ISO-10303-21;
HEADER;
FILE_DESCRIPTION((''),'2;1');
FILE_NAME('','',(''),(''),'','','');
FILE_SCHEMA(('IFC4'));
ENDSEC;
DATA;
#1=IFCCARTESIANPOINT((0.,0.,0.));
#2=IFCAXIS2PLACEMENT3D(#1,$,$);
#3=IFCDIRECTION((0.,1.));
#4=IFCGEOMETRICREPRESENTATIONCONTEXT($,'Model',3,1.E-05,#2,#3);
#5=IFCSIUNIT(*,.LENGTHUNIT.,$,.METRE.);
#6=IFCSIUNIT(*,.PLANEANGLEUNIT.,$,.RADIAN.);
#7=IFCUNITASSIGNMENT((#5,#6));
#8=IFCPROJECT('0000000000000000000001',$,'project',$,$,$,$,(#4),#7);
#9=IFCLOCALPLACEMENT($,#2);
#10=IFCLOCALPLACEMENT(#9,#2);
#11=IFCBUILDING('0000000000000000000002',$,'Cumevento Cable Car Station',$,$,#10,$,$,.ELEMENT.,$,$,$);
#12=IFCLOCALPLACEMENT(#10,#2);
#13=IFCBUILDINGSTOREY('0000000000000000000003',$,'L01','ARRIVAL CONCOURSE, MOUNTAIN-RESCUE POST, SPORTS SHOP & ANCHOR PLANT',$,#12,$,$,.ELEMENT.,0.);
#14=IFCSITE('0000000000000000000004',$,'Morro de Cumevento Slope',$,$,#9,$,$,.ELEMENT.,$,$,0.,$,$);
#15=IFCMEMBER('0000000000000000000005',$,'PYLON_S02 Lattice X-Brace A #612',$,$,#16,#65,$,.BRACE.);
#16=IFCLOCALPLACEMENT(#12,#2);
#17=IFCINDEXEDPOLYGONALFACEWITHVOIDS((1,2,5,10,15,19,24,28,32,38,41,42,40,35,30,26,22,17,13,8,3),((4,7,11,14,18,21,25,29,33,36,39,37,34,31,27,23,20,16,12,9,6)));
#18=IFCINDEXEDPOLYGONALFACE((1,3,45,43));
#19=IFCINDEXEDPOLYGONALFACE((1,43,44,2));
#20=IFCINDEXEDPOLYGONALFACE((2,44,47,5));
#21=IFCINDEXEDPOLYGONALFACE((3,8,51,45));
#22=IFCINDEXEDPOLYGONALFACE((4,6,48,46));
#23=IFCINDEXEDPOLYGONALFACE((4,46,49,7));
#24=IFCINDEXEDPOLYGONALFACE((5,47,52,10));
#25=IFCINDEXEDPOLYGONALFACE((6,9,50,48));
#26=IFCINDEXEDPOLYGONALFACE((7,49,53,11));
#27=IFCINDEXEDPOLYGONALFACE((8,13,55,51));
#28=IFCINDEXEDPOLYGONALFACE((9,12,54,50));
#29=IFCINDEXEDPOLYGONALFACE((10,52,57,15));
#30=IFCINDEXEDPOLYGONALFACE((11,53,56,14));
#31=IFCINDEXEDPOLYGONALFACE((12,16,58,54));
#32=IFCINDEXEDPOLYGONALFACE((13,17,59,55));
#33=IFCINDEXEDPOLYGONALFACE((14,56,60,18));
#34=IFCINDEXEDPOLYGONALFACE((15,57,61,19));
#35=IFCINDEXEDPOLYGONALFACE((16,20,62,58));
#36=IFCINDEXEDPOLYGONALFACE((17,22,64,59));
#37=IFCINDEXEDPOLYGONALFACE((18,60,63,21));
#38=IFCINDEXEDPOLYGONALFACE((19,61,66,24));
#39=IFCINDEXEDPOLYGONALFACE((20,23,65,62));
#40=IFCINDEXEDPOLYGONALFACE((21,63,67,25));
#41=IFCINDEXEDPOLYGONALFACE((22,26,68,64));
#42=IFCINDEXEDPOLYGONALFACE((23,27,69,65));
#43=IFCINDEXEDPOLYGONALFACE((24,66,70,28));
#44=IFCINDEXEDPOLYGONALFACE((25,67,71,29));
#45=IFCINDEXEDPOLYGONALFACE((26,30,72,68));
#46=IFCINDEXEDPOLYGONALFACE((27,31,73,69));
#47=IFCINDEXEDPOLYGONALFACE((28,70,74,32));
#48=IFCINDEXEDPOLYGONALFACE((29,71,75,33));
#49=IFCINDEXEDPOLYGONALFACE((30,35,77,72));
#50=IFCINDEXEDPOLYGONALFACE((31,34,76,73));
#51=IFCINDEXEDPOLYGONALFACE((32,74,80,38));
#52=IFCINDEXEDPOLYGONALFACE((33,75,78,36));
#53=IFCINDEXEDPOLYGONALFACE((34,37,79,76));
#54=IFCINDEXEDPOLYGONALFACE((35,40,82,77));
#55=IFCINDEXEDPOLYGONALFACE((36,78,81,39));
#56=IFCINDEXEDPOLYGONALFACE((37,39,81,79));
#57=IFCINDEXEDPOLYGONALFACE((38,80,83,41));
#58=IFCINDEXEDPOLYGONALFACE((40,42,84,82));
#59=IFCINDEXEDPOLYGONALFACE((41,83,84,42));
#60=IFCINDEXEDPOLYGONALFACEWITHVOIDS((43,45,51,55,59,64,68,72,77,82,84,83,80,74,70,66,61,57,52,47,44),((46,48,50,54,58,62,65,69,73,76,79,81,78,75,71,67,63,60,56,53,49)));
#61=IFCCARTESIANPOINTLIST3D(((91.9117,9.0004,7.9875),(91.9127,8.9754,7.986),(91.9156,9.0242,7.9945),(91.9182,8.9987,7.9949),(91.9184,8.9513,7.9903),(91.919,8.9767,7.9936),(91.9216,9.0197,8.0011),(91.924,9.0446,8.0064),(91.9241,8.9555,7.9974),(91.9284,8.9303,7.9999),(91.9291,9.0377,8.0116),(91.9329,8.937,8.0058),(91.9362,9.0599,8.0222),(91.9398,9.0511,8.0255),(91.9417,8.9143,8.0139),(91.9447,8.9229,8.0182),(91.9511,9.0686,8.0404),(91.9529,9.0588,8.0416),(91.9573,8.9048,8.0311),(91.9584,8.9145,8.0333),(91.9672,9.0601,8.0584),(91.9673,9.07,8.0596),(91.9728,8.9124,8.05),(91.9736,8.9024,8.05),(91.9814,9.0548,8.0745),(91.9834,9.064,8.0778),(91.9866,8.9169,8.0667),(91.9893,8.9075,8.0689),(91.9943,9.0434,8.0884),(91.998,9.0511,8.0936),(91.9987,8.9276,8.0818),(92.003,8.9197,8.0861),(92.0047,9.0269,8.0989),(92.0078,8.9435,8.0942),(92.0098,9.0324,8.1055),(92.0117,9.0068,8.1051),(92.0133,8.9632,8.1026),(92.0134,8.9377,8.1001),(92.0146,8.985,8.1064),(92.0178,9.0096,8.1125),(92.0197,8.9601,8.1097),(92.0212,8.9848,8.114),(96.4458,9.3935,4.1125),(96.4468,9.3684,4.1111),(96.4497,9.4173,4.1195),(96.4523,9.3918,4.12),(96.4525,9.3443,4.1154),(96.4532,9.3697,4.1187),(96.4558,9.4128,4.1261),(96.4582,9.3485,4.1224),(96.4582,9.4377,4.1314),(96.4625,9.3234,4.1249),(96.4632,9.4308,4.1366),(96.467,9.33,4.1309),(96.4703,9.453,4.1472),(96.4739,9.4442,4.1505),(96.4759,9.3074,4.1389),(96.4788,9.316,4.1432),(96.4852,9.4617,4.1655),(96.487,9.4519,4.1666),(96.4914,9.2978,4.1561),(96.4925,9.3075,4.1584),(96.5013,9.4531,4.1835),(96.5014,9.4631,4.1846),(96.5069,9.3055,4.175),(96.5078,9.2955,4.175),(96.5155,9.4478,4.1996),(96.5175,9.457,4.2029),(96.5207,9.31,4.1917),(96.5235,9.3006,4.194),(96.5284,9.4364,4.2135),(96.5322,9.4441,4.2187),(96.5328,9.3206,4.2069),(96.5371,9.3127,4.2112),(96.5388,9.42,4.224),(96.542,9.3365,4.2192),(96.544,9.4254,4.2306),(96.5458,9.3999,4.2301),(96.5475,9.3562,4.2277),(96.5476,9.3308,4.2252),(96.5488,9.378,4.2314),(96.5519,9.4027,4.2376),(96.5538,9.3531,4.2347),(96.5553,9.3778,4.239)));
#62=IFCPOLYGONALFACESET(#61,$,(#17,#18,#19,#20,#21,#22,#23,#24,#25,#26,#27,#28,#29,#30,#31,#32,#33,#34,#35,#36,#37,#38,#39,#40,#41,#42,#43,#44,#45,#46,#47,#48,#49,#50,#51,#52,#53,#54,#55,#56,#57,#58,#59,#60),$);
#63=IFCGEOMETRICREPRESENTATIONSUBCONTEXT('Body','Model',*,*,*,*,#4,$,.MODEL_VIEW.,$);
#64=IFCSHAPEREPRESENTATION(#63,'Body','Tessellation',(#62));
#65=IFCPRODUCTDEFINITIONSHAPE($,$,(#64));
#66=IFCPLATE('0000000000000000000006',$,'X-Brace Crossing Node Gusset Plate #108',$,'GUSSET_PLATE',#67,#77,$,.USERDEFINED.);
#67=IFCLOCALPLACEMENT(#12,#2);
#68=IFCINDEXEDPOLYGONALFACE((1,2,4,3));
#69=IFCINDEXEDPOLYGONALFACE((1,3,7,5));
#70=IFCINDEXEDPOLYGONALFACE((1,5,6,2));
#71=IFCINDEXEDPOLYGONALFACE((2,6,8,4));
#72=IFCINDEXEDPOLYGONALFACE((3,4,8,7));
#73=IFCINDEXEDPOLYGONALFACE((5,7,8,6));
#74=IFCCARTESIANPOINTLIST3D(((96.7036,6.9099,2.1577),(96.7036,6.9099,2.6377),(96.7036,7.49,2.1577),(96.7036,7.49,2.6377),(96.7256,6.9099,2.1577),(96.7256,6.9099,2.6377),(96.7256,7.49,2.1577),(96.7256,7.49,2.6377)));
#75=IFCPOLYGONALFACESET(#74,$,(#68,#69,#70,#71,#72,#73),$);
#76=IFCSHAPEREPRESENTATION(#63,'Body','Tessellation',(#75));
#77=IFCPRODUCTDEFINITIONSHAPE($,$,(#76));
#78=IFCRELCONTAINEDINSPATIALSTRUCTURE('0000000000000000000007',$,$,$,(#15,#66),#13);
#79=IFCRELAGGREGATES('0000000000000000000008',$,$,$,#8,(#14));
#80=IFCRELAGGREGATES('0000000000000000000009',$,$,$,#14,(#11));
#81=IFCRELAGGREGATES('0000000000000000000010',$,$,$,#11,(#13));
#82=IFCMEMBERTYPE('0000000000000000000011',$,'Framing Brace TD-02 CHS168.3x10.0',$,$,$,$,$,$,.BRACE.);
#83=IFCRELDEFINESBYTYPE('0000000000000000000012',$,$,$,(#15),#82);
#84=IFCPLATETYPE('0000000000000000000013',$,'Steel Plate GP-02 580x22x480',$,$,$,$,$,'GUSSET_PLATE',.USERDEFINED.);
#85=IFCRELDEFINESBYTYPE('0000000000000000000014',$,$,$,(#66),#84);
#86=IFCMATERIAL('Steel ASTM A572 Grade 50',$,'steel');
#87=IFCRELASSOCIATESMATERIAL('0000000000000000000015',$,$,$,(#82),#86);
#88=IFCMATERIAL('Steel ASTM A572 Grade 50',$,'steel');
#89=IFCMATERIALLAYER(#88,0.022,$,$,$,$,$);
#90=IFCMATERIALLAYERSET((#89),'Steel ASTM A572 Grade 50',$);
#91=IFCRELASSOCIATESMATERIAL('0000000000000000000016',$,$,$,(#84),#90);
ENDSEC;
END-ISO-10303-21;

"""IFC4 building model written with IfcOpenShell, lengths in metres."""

from ifc_helpers import new_model, si_unit, direction, frame, origin, origin_2d, place, context, subcontext, project, spatial, rectangle, hollow_circle, extrude, material, layer, layer_set, material_profile, profile_set, type_object, element, save


model = new_model("IFC4")

# Units and contexts
model_context = context("Model", 3, precision=1e-05, world=origin(), true_north=direction((0.0, 1.0)))
body_context = subcontext(model_context, "Body", "Model", "MODEL_VIEW")
ifc_project = project(units=[si_unit("LENGTHUNIT", "METRE"), si_unit("PLANEANGLEUNIT", "RADIAN")], contexts=[model_context])

# Site, building, storey
site_placement = place(None, origin())
site = spatial("IfcSite", under=ifc_project, at=site_placement, Name="Morro de Cumevento Slope", CompositionType="ELEMENT", RefElevation=0.0)
building_placement = place(site_placement, origin())
building = spatial("IfcBuilding", under=site, at=building_placement, Name="Cumevento Cable Car Station", CompositionType="ELEMENT")
storey_placement = place(building_placement, origin())
storey = spatial("IfcBuildingStorey", under=building, at=storey_placement, Name="L01", Description="ARRIVAL CONCOURSE, MOUNTAIN-RESCUE POST, SPORTS SHOP & ANCHOR PLANT", CompositionType="ELEMENT", Elevation=0.0)

# Member
ifc_material_1 = material(Name="Steel ASTM A572 Grade 50", Category="steel")
ifc_material_profile_1 = material_profile(ifc_material_1, hollow_circle(Radius=0.0842, WallThickness=0.01, at=origin_2d()), Name="CHS168.3x10.0")
ifc_profile_set_1 = profile_set([ifc_material_profile_1], Name="Steel ASTM A572 Grade 50")
member_type_1 = type_object("IfcMemberType", Name="Framing Brace TD-02 CHS168.3x10.0", PredefinedType="BRACE", material=ifc_profile_set_1)
member_1_placement = place(storey_placement, frame((96.5005, 9.3794, 4.175), z_axis=(-0.758558, -0.065759, 0.648279), x_axis=(0.086366, -0.996264, 0.0)))
element("IfcMember", 1, at=member_1_placement, inside=storey, type_object=member_type_1, Name="PYLON_S02 Lattice X-Brace A #612", PredefinedType="BRACE", context=body_context, shape_type="SweptSolid", body=[
    extrude(hollow_circle(Radius=0.0842, WallThickness=0.01, at=origin_2d()), origin(), (0.0, 0.0, 1.0), 5.9773),
])

# Plate
ifc_material_2 = material(Name="Steel ASTM A572 Grade 50", Category="steel")
ifc_layer = layer(ifc_material_2, 0.022)
ifc_layer_set = layer_set([ifc_layer], Name="Steel ASTM A572 Grade 50")
plate_type = type_object("IfcPlateType", Name="Steel Plate GP-02 580x22x480", ElementType="GUSSET_PLATE", PredefinedType="USERDEFINED", material=ifc_layer_set)
plate_placement = place(storey_placement, frame((96.7146, 7.2, 2.1577), z_axis=(0.0, 0.0, 1.0), x_axis=(0.0, 1.0, 0.0)))
element("IfcPlate", 2, at=plate_placement, inside=storey, type_object=plate_type, Name="X-Brace Crossing Node Gusset Plate #108", ObjectType="GUSSET_PLATE", PredefinedType="USERDEFINED", context=body_context, shape_type="SweptSolid", body=[
    extrude(rectangle(XDim=0.5801, YDim=0.022, at=origin_2d()), origin(), (0.0, 0.0, 1.0), 0.48),
])

save(model, "model.ifc")
